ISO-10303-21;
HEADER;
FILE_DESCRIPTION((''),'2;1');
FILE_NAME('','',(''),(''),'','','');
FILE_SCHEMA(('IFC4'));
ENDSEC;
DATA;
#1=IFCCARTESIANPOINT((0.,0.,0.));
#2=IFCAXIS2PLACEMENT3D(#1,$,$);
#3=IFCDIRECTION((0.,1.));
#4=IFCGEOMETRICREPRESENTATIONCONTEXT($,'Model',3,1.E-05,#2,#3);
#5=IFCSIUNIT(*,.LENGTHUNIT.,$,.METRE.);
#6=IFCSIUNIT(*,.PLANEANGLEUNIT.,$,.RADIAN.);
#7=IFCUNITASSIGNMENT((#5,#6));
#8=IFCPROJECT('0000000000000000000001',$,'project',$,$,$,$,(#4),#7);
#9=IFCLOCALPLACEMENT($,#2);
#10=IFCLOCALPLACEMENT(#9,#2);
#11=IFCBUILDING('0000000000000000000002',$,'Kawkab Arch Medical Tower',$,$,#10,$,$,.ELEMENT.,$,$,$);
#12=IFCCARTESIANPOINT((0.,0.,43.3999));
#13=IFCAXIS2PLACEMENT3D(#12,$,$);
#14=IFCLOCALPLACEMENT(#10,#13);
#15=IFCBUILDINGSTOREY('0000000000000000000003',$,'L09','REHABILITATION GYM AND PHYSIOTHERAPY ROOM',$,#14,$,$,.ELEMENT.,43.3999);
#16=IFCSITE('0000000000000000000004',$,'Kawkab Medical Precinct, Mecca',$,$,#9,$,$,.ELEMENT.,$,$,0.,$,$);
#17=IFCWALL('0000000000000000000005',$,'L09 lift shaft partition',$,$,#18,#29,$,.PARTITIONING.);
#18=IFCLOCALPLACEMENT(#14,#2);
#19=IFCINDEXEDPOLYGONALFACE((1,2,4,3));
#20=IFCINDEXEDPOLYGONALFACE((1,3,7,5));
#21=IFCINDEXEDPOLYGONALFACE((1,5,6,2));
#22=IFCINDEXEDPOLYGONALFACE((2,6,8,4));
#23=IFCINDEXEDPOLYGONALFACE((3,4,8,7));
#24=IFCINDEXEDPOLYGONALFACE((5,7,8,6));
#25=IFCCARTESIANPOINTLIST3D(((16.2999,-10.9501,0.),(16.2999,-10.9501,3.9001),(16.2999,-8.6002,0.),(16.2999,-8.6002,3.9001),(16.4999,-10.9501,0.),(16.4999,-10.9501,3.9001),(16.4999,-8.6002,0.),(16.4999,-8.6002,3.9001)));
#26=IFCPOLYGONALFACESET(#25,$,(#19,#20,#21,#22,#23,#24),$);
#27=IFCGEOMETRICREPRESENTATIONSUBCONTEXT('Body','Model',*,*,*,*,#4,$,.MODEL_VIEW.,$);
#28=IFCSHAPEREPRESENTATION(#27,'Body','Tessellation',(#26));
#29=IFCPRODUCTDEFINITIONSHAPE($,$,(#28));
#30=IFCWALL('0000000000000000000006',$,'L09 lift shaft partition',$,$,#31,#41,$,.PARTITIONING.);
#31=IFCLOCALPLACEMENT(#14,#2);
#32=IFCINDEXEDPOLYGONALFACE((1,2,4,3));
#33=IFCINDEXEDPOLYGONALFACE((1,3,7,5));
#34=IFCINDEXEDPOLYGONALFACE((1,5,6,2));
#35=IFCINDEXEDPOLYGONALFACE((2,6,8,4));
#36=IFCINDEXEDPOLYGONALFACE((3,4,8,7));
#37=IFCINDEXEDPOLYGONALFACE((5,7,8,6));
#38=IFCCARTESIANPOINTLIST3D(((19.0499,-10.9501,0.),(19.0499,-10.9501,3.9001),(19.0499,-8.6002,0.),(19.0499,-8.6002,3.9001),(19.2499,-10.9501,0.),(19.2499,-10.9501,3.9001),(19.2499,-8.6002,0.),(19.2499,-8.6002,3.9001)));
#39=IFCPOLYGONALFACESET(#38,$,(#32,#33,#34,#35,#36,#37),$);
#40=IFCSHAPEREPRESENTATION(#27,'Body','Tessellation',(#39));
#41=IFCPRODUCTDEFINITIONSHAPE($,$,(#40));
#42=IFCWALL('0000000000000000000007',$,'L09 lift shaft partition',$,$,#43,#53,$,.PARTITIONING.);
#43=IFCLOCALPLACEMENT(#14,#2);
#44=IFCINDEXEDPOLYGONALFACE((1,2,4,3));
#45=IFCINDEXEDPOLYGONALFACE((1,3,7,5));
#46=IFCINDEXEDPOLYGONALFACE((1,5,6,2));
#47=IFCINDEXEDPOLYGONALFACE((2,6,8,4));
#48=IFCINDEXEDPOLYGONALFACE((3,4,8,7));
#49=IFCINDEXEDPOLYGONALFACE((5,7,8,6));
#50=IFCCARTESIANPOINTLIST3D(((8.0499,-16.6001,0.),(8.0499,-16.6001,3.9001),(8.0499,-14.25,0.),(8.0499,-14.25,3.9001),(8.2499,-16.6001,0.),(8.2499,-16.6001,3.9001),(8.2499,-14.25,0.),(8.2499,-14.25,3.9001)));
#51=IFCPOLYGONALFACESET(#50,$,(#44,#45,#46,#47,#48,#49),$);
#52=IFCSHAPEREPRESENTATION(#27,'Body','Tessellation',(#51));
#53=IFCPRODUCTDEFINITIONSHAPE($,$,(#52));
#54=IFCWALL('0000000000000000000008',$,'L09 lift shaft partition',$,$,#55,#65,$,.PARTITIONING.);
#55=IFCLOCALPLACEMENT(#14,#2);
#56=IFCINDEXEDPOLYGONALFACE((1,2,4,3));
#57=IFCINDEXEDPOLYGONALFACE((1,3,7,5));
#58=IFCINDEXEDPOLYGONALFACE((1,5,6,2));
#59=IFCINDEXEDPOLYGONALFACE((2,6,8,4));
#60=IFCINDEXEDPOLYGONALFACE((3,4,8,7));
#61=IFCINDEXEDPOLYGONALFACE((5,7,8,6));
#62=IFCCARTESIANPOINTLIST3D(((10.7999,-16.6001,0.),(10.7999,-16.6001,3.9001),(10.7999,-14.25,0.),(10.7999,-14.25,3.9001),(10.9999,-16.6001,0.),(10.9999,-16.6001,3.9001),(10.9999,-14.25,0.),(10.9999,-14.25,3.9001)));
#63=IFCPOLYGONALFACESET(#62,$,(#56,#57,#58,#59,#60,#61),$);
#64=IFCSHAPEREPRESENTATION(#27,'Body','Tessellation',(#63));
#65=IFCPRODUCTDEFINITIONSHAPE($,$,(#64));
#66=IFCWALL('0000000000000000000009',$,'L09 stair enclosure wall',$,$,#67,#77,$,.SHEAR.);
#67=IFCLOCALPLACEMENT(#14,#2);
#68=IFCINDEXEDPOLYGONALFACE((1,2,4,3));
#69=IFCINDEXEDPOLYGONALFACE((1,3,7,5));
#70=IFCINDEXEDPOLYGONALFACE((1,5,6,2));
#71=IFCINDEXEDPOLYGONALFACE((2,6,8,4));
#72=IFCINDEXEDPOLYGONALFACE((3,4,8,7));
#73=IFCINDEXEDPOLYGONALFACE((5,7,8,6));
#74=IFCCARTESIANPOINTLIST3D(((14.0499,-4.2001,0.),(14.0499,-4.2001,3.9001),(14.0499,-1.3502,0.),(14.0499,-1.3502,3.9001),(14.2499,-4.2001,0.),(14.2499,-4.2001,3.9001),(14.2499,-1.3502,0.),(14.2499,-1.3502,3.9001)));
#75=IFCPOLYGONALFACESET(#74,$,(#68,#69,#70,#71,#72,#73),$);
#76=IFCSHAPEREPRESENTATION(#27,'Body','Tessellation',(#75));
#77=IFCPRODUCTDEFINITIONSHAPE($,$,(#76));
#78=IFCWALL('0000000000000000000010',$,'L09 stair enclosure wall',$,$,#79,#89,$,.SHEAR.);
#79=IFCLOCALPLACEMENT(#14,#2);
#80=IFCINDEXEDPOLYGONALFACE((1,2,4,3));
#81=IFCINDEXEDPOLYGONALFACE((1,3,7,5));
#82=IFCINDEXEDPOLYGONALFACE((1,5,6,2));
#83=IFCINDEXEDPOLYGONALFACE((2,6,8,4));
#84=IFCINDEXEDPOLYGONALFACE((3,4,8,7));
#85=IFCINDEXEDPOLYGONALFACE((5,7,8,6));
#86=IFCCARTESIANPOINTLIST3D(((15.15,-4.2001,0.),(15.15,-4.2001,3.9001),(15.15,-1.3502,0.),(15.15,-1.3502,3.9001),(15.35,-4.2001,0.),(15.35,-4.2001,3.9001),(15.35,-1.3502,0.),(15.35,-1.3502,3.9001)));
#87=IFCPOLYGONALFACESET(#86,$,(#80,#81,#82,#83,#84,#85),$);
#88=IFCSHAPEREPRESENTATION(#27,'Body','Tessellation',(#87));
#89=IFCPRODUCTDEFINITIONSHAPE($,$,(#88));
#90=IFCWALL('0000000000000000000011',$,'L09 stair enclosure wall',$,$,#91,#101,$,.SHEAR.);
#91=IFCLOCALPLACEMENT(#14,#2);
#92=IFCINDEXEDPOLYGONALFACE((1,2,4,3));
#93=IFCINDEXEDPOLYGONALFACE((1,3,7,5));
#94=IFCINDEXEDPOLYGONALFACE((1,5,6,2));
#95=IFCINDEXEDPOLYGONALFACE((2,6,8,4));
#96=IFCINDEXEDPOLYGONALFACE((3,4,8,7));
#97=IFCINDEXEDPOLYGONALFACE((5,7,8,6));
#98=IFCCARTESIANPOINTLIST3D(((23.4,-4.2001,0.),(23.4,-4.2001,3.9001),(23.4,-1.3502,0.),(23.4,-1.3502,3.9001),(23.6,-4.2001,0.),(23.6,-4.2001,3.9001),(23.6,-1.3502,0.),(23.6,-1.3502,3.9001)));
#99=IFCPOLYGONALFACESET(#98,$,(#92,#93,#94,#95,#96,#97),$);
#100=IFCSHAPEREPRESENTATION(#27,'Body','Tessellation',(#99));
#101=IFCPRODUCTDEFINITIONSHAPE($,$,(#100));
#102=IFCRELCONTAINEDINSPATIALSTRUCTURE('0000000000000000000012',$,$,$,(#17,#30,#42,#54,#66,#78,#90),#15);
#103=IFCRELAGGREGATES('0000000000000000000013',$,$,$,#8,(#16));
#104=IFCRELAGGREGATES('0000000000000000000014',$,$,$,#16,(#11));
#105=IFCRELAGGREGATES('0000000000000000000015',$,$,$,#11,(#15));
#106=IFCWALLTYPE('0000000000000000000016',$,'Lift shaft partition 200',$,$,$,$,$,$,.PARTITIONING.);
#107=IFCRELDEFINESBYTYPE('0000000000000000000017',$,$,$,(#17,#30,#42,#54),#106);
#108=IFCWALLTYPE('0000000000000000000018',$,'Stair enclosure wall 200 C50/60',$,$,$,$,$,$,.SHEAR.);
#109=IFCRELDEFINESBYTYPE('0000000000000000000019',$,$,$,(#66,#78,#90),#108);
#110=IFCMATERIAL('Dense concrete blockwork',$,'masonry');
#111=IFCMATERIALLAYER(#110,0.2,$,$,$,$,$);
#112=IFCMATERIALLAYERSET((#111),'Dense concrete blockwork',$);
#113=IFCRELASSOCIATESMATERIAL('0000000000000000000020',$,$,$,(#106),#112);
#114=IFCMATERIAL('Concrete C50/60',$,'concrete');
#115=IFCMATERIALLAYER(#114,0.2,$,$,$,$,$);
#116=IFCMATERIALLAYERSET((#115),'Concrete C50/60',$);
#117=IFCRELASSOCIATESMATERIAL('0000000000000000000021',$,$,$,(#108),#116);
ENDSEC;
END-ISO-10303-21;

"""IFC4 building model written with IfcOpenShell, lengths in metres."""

from ifc_helpers import new_model, si_unit, direction, frame, frame_2d, origin, place, context, subcontext, project, spatial, rectangle, extrude, material, layer, layer_set, type_object, element, save


model = new_model("IFC4")

# Units and contexts
model_context = context("Model", 3, precision=1e-05, world=origin(), true_north=direction((0.0, 1.0)))
body_context = subcontext(model_context, "Body", "Model", "MODEL_VIEW")
ifc_project = project(units=[si_unit("LENGTHUNIT", "METRE"), si_unit("PLANEANGLEUNIT", "RADIAN")], contexts=[model_context])

# Site, building, storey
site_placement = place(None, origin())
site = spatial("IfcSite", under=ifc_project, at=site_placement, Name="Kawkab Medical Precinct, Mecca", CompositionType="ELEMENT", RefElevation=0.0)
building_placement = place(site_placement, origin())
building = spatial("IfcBuilding", under=site, at=building_placement, Name="Kawkab Arch Medical Tower", CompositionType="ELEMENT")
storey_placement = place(building_placement, frame((0.0, 0.0, 43.3999)))
storey = spatial("IfcBuildingStorey", under=building, at=storey_placement, Name="L09", Description="REHABILITATION GYM AND PHYSIOTHERAPY ROOM", CompositionType="ELEMENT", Elevation=43.3999)

# Walls
ifc_material_1 = material(Name="Dense concrete blockwork", Category="masonry")
ifc_layer_1 = layer(ifc_material_1, 0.2)
ifc_layer_set_1 = layer_set([ifc_layer_1], Name="Dense concrete blockwork")
wall_type_1 = type_object("IfcWallType", Name="Lift shaft partition 200", PredefinedType="PARTITIONING", material=ifc_layer_set_1)
for number, where, z_axis, x_axis, name in (
    (1, (16.3999, -10.95, 0.0), (0.0, 0.0, 1.0), (0.0, 1.0, 0.0), "L09 lift shaft partition"),
    (2, (19.1499, -10.95, 0.0), (0.0, 0.0, 1.0), (0.0, 1.0, 0.0), "L09 lift shaft partition"),
):
    element("IfcWall", number, at=place(storey_placement, frame(where, z_axis=z_axis, x_axis=x_axis)), inside=storey, type_object=wall_type_1, Name=name, PredefinedType="PARTITIONING", context=body_context, shape_type="SweptSolid", body=[
        extrude(rectangle(XDim=2.3499, YDim=0.2, at=frame_2d((1.1748, 0.0))), origin(), (0.0, 0.0, 1.0), 3.9001),
    ])
for number, where, z_axis, x_axis, name in (
    (3, (8.1499, -16.6001, 0.0), (0.0, 0.0, 1.0), (0.0, 1.0, 0.0), "L09 lift shaft partition"),
    (4, (10.8999, -16.6001, 0.0), (0.0, 0.0, 1.0), (0.0, 1.0, 0.0), "L09 lift shaft partition"),
):
    element("IfcWall", number, at=place(storey_placement, frame(where, z_axis=z_axis, x_axis=x_axis)), inside=storey, type_object=wall_type_1, Name=name, PredefinedType="PARTITIONING", context=body_context, shape_type="SweptSolid", body=[
        extrude(rectangle(XDim=2.3501, YDim=0.2, at=frame_2d((1.175, 0.0))), origin(), (0.0, 0.0, 1.0), 3.9001),
    ])
ifc_material_2 = material(Name="Concrete C50/60", Category="concrete")
ifc_layer_2 = layer(ifc_material_2, 0.2)
ifc_layer_set_2 = layer_set([ifc_layer_2], Name="Concrete C50/60")
wall_type_2 = type_object("IfcWallType", Name="Stair enclosure wall 200 C50/60", PredefinedType="SHEAR", material=ifc_layer_set_2)
for number, where, z_axis, x_axis, name in (
    (5, (14.1499, -4.2, 0.0), (0.0, 0.0, 1.0), (0.0, 1.0, 0.0), "L09 stair enclosure wall"),
    (6, (15.25, -4.2, 0.0), (0.0, 0.0, 1.0), (0.0, 1.0, 0.0), "L09 stair enclosure wall"),
    (7, (23.5, -4.2, 0.0), (0.0, 0.0, 1.0), (0.0, 1.0, 0.0), "L09 stair enclosure wall"),
):
    element("IfcWall", number, at=place(storey_placement, frame(where, z_axis=z_axis, x_axis=x_axis)), inside=storey, type_object=wall_type_2, Name=name, PredefinedType="SHEAR", context=body_context, shape_type="SweptSolid", body=[
        extrude(rectangle(XDim=2.8499, YDim=0.2, at=frame_2d((1.4248, 0.0))), origin(), (0.0, 0.0, 1.0), 3.9001),
    ])

save(model, "model.ifc")
